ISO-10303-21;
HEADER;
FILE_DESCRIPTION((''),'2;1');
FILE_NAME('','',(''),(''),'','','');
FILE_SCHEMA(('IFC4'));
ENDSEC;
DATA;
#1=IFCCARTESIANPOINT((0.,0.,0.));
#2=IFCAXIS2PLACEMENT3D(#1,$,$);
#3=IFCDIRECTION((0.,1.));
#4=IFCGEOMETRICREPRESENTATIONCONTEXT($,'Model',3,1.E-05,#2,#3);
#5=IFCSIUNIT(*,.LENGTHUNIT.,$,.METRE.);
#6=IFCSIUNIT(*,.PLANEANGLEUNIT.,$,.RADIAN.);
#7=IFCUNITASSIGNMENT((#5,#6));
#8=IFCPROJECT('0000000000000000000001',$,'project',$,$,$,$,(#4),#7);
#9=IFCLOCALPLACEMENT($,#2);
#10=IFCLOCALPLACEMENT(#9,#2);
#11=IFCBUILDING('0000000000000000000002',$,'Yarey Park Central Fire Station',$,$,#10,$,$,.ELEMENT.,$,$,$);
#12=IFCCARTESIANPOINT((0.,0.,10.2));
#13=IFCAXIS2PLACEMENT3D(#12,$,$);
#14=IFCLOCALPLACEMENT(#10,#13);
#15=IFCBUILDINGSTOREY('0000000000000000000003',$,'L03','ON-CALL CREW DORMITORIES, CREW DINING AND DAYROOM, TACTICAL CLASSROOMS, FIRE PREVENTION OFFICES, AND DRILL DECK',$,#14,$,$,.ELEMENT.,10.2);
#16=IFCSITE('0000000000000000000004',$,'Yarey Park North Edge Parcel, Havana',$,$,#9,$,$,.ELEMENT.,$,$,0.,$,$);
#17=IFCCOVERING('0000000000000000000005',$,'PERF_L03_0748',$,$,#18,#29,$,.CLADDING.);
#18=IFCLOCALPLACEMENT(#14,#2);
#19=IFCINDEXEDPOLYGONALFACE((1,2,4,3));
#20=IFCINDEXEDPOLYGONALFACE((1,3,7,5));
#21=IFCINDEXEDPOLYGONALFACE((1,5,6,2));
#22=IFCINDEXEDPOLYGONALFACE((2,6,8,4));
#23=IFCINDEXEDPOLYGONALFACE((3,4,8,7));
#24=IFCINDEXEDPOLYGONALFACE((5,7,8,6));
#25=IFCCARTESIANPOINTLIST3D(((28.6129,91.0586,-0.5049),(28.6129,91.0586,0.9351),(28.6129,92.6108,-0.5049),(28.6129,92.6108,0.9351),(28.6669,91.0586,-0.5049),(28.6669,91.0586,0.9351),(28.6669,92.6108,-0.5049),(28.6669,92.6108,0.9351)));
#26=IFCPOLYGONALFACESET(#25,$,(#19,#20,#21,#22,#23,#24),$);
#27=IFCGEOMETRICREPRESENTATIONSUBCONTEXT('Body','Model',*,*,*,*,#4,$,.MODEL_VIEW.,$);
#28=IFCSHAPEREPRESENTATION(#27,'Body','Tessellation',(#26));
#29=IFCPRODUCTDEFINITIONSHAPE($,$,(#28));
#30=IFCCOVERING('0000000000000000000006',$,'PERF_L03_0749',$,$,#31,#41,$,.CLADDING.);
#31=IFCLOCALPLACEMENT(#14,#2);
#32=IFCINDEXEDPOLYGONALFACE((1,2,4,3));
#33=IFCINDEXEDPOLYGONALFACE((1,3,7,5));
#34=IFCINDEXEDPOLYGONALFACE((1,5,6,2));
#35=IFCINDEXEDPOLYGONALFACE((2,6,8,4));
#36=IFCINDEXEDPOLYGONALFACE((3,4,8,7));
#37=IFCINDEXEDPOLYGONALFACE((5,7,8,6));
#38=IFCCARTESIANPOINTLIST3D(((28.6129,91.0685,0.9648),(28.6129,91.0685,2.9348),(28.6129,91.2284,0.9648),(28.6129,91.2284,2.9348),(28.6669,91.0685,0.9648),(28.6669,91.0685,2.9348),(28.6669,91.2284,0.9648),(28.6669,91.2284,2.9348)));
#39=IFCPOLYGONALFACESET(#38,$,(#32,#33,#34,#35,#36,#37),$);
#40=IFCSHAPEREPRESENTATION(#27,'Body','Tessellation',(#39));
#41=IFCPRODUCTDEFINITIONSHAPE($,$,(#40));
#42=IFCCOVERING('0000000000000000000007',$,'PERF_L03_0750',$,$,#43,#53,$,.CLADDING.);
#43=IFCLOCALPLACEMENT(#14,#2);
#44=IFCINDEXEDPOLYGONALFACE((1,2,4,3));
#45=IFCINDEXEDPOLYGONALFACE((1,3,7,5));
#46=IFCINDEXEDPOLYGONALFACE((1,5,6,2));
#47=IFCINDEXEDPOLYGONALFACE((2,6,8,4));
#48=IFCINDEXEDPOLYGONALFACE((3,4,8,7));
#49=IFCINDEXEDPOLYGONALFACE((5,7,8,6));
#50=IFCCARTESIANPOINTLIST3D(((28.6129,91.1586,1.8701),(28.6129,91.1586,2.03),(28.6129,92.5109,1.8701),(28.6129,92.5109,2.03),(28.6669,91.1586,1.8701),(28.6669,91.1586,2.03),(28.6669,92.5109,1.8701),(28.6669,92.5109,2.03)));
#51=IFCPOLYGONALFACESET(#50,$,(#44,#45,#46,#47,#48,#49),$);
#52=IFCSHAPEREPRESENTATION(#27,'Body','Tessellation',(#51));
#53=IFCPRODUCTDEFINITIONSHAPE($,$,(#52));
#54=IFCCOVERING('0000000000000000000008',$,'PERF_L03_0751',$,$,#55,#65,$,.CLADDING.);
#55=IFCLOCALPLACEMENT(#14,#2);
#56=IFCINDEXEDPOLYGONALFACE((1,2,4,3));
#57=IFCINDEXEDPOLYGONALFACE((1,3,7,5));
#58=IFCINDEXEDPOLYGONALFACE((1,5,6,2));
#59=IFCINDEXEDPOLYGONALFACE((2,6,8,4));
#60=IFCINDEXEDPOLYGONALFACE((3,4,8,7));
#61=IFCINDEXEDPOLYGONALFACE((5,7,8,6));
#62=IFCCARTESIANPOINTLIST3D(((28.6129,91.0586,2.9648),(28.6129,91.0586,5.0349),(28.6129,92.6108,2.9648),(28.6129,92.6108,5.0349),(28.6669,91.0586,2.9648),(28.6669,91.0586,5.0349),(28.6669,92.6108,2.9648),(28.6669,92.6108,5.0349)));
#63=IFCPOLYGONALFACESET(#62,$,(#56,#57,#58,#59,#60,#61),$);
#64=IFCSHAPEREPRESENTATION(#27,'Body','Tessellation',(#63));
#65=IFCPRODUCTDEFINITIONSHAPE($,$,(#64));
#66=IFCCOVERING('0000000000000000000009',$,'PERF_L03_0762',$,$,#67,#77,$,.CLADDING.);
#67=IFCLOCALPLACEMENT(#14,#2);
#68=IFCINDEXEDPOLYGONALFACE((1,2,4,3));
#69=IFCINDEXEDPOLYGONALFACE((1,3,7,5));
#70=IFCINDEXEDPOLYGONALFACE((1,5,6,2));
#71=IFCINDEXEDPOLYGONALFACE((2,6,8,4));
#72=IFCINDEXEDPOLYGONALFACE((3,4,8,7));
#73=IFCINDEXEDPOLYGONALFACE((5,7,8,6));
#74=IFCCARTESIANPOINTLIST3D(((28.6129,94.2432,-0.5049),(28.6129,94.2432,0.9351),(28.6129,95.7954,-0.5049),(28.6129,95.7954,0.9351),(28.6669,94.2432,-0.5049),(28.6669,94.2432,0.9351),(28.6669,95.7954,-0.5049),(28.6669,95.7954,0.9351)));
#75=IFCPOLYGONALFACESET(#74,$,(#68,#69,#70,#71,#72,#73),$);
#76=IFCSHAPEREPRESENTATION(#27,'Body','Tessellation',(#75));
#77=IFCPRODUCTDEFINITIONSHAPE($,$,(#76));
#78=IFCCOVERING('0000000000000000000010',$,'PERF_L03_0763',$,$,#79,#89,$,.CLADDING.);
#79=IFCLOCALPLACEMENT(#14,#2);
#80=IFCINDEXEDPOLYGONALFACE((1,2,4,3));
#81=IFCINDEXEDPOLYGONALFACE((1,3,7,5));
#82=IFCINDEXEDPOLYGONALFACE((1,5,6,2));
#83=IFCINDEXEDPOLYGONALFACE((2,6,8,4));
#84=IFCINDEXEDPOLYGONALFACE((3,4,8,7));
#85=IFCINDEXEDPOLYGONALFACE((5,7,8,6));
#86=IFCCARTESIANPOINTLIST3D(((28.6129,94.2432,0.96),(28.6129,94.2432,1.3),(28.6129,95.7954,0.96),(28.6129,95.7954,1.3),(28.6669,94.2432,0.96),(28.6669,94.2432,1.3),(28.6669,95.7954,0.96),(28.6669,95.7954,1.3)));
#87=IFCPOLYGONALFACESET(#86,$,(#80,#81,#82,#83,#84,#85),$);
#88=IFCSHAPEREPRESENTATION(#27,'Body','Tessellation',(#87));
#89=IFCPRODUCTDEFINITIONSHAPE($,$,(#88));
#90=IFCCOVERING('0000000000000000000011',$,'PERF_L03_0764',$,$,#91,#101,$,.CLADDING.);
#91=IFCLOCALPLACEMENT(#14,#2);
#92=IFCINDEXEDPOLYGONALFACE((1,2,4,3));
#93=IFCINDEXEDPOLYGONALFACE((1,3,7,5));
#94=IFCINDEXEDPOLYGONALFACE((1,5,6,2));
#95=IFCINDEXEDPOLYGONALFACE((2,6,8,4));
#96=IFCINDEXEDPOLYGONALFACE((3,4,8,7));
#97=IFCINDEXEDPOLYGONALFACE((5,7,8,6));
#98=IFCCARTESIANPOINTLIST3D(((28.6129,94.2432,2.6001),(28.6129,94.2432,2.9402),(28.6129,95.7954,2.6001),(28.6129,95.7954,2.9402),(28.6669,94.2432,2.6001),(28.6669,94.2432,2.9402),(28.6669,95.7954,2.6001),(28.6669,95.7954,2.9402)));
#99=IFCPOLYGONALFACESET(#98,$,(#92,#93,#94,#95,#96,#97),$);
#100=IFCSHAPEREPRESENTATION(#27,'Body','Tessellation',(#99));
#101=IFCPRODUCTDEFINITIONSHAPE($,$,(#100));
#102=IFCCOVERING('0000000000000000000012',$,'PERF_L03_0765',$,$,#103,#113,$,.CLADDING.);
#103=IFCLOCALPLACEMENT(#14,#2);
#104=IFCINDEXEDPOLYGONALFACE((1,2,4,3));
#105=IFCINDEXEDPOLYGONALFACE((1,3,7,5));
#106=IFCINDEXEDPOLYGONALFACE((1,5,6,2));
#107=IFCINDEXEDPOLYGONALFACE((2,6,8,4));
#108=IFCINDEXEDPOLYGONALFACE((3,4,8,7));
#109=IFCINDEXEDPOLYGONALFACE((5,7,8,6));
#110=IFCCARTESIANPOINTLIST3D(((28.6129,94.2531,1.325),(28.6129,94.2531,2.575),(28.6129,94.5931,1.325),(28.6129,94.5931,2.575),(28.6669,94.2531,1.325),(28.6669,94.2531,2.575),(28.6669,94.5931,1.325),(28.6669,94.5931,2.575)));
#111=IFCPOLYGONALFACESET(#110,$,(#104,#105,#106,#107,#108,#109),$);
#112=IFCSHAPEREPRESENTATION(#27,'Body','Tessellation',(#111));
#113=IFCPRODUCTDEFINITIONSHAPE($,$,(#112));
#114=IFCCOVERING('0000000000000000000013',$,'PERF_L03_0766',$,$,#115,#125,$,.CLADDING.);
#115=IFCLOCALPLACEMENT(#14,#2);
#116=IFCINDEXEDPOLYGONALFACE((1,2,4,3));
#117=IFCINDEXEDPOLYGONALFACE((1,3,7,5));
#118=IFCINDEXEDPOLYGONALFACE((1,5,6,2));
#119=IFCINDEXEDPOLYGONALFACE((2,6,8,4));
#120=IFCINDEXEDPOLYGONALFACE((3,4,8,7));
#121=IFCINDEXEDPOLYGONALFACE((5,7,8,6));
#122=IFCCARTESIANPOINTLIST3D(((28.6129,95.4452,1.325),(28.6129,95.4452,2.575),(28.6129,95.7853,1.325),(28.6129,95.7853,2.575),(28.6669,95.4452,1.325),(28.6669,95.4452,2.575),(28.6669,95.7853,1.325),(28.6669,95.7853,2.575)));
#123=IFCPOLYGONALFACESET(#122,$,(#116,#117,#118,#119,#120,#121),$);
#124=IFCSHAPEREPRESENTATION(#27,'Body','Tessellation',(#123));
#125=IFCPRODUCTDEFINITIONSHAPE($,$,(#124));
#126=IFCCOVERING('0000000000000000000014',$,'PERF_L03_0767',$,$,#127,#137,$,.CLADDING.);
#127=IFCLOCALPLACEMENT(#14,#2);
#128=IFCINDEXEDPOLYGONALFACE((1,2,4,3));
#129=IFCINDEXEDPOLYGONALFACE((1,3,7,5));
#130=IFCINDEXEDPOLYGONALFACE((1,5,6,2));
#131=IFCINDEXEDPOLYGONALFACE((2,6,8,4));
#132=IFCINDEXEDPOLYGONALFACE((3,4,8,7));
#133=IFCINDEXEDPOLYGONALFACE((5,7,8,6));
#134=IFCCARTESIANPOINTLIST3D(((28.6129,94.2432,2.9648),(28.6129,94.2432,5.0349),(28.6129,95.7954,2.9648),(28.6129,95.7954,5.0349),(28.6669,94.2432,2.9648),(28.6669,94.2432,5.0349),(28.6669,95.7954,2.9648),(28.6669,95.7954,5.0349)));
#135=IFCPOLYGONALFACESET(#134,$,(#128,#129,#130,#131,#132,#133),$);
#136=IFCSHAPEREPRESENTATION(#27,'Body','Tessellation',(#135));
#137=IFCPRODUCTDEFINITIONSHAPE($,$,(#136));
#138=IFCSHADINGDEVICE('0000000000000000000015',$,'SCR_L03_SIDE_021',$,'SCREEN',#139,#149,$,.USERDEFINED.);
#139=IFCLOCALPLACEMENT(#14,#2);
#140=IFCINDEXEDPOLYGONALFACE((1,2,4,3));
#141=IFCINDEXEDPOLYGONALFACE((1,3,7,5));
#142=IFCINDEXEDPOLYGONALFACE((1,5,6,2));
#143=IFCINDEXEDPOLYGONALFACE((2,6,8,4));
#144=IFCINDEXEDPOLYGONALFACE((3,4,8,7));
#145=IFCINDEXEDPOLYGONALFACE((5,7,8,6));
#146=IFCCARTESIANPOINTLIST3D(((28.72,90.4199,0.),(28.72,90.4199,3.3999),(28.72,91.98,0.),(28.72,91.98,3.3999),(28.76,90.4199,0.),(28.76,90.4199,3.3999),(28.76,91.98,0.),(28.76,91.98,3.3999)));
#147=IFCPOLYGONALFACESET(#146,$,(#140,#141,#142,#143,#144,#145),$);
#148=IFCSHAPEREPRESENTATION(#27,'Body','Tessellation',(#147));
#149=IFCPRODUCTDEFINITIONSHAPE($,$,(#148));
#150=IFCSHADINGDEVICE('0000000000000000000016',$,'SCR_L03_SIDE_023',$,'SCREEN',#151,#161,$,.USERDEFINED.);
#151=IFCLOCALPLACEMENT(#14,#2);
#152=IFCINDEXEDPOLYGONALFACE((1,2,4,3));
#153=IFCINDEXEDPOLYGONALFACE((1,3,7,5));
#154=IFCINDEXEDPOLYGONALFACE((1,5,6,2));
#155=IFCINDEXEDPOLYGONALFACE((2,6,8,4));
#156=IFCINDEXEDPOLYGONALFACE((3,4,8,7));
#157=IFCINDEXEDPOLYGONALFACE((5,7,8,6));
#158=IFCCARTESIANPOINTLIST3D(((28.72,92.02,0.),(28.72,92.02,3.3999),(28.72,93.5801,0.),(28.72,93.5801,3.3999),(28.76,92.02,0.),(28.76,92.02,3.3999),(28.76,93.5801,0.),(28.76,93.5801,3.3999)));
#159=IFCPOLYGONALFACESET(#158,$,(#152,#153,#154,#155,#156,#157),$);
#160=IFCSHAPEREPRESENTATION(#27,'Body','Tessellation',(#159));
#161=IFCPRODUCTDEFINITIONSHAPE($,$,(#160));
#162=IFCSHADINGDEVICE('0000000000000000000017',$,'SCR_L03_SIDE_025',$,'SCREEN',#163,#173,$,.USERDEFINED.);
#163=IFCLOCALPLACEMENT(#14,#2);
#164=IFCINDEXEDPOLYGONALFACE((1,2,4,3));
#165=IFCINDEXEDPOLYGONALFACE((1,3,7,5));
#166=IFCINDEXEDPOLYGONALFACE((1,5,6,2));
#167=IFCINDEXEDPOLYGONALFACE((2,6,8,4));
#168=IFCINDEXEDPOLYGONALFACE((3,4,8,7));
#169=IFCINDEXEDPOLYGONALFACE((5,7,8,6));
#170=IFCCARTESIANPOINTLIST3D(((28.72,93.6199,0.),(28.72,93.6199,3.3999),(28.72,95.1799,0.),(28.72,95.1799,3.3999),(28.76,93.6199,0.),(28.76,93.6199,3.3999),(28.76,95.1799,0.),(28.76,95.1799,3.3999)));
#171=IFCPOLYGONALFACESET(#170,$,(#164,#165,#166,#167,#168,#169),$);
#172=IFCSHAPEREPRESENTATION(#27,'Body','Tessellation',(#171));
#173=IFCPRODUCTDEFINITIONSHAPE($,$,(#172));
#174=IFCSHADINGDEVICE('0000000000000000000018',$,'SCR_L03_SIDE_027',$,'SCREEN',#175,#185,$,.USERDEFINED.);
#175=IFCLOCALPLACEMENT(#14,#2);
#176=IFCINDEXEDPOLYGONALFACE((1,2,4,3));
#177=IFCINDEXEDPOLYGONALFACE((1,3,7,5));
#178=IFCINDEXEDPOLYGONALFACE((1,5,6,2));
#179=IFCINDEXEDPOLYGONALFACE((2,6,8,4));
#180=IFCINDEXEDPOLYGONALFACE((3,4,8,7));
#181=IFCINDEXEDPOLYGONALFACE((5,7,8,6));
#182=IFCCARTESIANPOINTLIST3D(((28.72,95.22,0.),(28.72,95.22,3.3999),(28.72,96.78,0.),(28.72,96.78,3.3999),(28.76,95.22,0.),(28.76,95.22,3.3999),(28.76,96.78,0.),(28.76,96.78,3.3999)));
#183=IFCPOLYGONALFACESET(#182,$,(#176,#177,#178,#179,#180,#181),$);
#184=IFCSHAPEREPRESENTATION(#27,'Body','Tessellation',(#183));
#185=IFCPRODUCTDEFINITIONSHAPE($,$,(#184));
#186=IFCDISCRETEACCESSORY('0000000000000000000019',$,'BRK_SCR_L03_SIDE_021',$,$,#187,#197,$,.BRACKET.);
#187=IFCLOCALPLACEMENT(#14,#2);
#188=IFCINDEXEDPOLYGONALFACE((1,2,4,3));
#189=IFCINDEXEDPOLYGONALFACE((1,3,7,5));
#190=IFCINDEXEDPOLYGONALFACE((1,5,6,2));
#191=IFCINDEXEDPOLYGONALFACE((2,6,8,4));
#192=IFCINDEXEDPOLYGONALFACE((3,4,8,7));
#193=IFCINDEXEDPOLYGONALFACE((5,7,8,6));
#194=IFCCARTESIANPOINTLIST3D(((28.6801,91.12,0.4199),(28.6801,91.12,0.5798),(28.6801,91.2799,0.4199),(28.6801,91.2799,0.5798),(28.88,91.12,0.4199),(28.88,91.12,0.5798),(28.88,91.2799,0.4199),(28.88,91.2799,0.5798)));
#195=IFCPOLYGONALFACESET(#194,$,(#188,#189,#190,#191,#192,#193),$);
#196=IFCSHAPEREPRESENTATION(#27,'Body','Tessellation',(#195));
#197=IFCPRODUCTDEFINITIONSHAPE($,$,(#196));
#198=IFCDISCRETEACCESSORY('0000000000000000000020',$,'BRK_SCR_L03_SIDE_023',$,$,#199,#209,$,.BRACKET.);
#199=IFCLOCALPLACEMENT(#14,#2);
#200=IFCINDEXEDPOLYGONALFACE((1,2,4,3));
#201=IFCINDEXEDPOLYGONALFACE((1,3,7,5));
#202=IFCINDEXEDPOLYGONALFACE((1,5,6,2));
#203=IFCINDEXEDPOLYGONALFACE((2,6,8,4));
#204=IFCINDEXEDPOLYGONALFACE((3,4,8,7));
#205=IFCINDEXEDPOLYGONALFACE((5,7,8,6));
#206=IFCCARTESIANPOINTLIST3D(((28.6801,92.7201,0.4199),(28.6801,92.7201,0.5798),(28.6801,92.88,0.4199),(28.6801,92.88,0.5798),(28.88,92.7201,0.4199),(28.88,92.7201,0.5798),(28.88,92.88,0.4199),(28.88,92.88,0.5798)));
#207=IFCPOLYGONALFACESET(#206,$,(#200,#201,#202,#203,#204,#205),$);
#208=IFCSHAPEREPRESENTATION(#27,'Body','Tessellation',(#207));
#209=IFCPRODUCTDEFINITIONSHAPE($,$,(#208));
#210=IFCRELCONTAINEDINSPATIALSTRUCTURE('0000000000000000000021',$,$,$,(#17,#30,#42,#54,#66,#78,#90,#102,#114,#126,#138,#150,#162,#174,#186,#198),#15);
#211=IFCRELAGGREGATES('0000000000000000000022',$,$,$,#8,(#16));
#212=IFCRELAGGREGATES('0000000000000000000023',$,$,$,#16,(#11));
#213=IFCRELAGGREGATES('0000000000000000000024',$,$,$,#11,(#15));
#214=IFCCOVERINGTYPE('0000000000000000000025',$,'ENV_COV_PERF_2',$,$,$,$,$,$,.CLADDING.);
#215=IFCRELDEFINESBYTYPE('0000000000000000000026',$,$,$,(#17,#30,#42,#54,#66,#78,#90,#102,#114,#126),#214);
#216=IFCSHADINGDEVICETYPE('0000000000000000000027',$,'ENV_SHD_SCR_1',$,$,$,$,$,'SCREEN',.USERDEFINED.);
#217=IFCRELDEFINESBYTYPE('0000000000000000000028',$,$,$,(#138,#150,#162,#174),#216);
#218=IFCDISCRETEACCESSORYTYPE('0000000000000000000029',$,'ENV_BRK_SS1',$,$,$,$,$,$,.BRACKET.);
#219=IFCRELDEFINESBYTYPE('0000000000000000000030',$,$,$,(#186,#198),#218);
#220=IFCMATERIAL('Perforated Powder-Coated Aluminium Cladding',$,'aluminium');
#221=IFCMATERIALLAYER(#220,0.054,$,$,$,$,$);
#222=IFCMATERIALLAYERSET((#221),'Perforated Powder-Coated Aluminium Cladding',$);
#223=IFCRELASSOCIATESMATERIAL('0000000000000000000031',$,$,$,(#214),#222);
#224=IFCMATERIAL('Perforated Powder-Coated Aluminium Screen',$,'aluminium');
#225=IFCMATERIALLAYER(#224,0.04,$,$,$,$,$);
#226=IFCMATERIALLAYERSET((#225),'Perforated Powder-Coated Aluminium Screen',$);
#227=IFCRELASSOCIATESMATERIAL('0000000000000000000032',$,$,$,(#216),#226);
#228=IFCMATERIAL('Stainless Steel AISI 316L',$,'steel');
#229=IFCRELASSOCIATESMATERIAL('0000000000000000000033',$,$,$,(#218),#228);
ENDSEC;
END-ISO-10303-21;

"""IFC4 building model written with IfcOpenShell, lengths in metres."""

from ifc_helpers import new_model, si_unit, direction, frame, origin, origin_2d, place, context, subcontext, project, spatial, rectangle, extrude, material, layer, layer_set, type_object, element, save


model = new_model("IFC4")

# Units and contexts
model_context = context("Model", 3, precision=1e-05, world=origin(), true_north=direction((0.0, 1.0)))
body_context = subcontext(model_context, "Body", "Model", "MODEL_VIEW")
ifc_project = project(units=[si_unit("LENGTHUNIT", "METRE"), si_unit("PLANEANGLEUNIT", "RADIAN")], contexts=[model_context])

# Site, building, storey
site_placement = place(None, origin())
site = spatial("IfcSite", under=ifc_project, at=site_placement, Name="Yarey Park North Edge Parcel, Havana", CompositionType="ELEMENT", RefElevation=0.0)
building_placement = place(site_placement, origin())
building = spatial("IfcBuilding", under=site, at=building_placement, Name="Yarey Park Central Fire Station", CompositionType="ELEMENT")
storey_placement = place(building_placement, frame((0.0, 0.0, 10.2)))
storey = spatial("IfcBuildingStorey", under=building, at=storey_placement, Name="L03", Description="ON-CALL CREW DORMITORIES, CREW DINING AND DAYROOM, TACTICAL CLASSROOMS, FIRE PREVENTION OFFICES, AND DRILL DECK", CompositionType="ELEMENT", Elevation=10.2)

# Coverings
ifc_material_1 = material(Name="Perforated Powder-Coated Aluminium Cladding", Category="aluminium")
ifc_layer_1 = layer(ifc_material_1, 0.054)
ifc_layer_set_1 = layer_set([ifc_layer_1], Name="Perforated Powder-Coated Aluminium Cladding")
covering_type_1 = type_object("IfcCoveringType", Name="ENV_COV_PERF_2", PredefinedType="CLADDING", material=ifc_layer_set_1)
covering_1_placement = place(storey_placement, frame((28.6399, 91.8347, -0.5049), z_axis=(0.0, 0.0, 1.0), x_axis=(0.0, 1.0, 0.0)))
element("IfcCovering", 1, at=covering_1_placement, inside=storey, type_object=covering_type_1, Name="PERF_L03_0748", PredefinedType="CLADDING", context=body_context, shape_type="SweptSolid", body=[
    extrude(rectangle(XDim=1.5522, YDim=0.054, at=origin_2d()), origin(), (0.0, 0.0, 1.0), 1.4399),
])
covering_2_placement = place(storey_placement, frame((28.6399, 91.1484, 0.9648), z_axis=(0.0, 0.0, 1.0), x_axis=(0.0, 1.0, 0.0)))
element("IfcCovering", 2, at=covering_2_placement, inside=storey, type_object=covering_type_1, Name="PERF_L03_0749", PredefinedType="CLADDING", context=body_context, shape_type="SweptSolid", body=[
    extrude(rectangle(XDim=0.1599, YDim=0.054, at=origin_2d()), origin(), (0.0, 0.0, 1.0), 1.97),
])
covering_3_placement = place(storey_placement, frame((28.6399, 91.8347, 1.8701), z_axis=(0.0, 0.0, 1.0), x_axis=(0.0, 1.0, 0.0)))
element("IfcCovering", 3, at=covering_3_placement, inside=storey, type_object=covering_type_1, Name="PERF_L03_0750", PredefinedType="CLADDING", context=body_context, shape_type="SweptSolid", body=[
    extrude(rectangle(XDim=1.3523, YDim=0.054, at=origin_2d()), origin(), (0.0, 0.0, 1.0), 0.1599),
])
covering_4_placement = place(storey_placement, frame((28.6399, 91.8347, 2.9648), z_axis=(0.0, 0.0, 1.0), x_axis=(0.0, 1.0, 0.0)))
element("IfcCovering", 4, at=covering_4_placement, inside=storey, type_object=covering_type_1, Name="PERF_L03_0751", PredefinedType="CLADDING", context=body_context, shape_type="SweptSolid", body=[
    extrude(rectangle(XDim=1.5522, YDim=0.054, at=origin_2d()), origin(), (0.0, 0.0, 1.0), 2.0701),
])
covering_5_placement = place(storey_placement, frame((28.6399, 95.0193, -0.5049), z_axis=(0.0, 0.0, 1.0), x_axis=(0.0, 1.0, 0.0)))
element("IfcCovering", 5, at=covering_5_placement, inside=storey, type_object=covering_type_1, Name="PERF_L03_0762", PredefinedType="CLADDING", context=body_context, shape_type="SweptSolid", body=[
    extrude(rectangle(XDim=1.5522, YDim=0.054, at=origin_2d()), origin(), (0.0, 0.0, 1.0), 1.4399),
])
for number, where, z_axis, x_axis, name in (
    (6, (28.6399, 95.0193, 0.96), (0.0, 0.0, 1.0), (0.0, 1.0, 0.0), "PERF_L03_0763"),
    (7, (28.6399, 95.0193, 2.6001), (0.0, 0.0, 1.0), (0.0, 1.0, 0.0), "PERF_L03_0764"),
):
    element("IfcCovering", number, at=place(storey_placement, frame(where, z_axis=z_axis, x_axis=x_axis)), inside=storey, type_object=covering_type_1, Name=name, PredefinedType="CLADDING", context=body_context, shape_type="SweptSolid", body=[
        extrude(rectangle(XDim=1.5522, YDim=0.054, at=origin_2d()), origin(), (0.0, 0.0, 1.0), 0.3401),
    ])
for number, where, z_axis, x_axis, name in (
    (8, (28.6399, 94.4231, 1.325), (0.0, 0.0, 1.0), (0.0, 1.0, 0.0), "PERF_L03_0765"),
    (9, (28.6399, 95.6152, 1.325), (0.0, 0.0, 1.0), (0.0, 1.0, 0.0), "PERF_L03_0766"),
):
    element("IfcCovering", number, at=place(storey_placement, frame(where, z_axis=z_axis, x_axis=x_axis)), inside=storey, type_object=covering_type_1, Name=name, PredefinedType="CLADDING", context=body_context, shape_type="SweptSolid", body=[
        extrude(rectangle(XDim=0.3401, YDim=0.054, at=origin_2d()), origin(), (0.0, 0.0, 1.0), 1.25),
    ])
covering_6_placement = place(storey_placement, frame((28.6399, 95.0193, 2.9648), z_axis=(0.0, 0.0, 1.0), x_axis=(0.0, 1.0, 0.0)))
element("IfcCovering", 10, at=covering_6_placement, inside=storey, type_object=covering_type_1, Name="PERF_L03_0767", PredefinedType="CLADDING", context=body_context, shape_type="SweptSolid", body=[
    extrude(rectangle(XDim=1.5522, YDim=0.054, at=origin_2d()), origin(), (0.0, 0.0, 1.0), 2.0701),
])

# Shading devices
ifc_material_2 = material(Name="Perforated Powder-Coated Aluminium Screen", Category="aluminium")
ifc_layer_2 = layer(ifc_material_2, 0.04)
ifc_layer_set_2 = layer_set([ifc_layer_2], Name="Perforated Powder-Coated Aluminium Screen")
shading_device_type = type_object("IfcShadingDeviceType", Name="ENV_SHD_SCR_1", ElementType="SCREEN", PredefinedType="USERDEFINED", material=ifc_layer_set_2)
for number, where, z_axis, x_axis, name in (
    (11, (28.74, 91.2, 0.0), (0.0, 0.0, 1.0), (0.0, 1.0, 0.0), "SCR_L03_SIDE_021"),
    (12, (28.74, 92.8, 0.0), (0.0, 0.0, 1.0), (0.0, 1.0, 0.0), "SCR_L03_SIDE_023"),
    (13, (28.74, 94.3999, 0.0), (0.0, 0.0, 1.0), (0.0, 1.0, 0.0), "SCR_L03_SIDE_025"),
    (14, (28.74, 96.0, 0.0), (0.0, 0.0, 1.0), (0.0, 1.0, 0.0), "SCR_L03_SIDE_027"),
):
    element("IfcShadingDevice", number, at=place(storey_placement, frame(where, z_axis=z_axis, x_axis=x_axis)), inside=storey, type_object=shading_device_type, Name=name, ObjectType="SCREEN", PredefinedType="USERDEFINED", context=body_context, shape_type="SweptSolid", body=[
        extrude(rectangle(XDim=1.5601, YDim=0.04, at=origin_2d()), origin(), (0.0, 0.0, 1.0), 3.3999),
    ])

# Discrete accessories
ifc_material_3 = material(Name="Stainless Steel AISI 316L", Category="steel")
discrete_accessory_type = type_object("IfcDiscreteAccessoryType", Name="ENV_BRK_SS1", PredefinedType="BRACKET", material=ifc_material_3)
for number, where, z_axis, x_axis, name in (
    (15, (28.78, 91.2, 0.4199), (0.0, 0.0, 1.0), (1.0, 0.0, 0.0), "BRK_SCR_L03_SIDE_021"),
    (16, (28.78, 92.8, 0.4199), (0.0, 0.0, 1.0), (1.0, 0.0, 0.0), "BRK_SCR_L03_SIDE_023"),
):
    element("IfcDiscreteAccessory", number, at=place(storey_placement, frame(where, z_axis=z_axis, x_axis=x_axis)), inside=storey, type_object=discrete_accessory_type, Name=name, PredefinedType="BRACKET", context=body_context, shape_type="SweptSolid", body=[
        extrude(rectangle(XDim=0.2, YDim=0.1599, at=origin_2d()), origin(), (0.0, 0.0, 1.0), 0.1599),
    ])

save(model, "model.ifc")
